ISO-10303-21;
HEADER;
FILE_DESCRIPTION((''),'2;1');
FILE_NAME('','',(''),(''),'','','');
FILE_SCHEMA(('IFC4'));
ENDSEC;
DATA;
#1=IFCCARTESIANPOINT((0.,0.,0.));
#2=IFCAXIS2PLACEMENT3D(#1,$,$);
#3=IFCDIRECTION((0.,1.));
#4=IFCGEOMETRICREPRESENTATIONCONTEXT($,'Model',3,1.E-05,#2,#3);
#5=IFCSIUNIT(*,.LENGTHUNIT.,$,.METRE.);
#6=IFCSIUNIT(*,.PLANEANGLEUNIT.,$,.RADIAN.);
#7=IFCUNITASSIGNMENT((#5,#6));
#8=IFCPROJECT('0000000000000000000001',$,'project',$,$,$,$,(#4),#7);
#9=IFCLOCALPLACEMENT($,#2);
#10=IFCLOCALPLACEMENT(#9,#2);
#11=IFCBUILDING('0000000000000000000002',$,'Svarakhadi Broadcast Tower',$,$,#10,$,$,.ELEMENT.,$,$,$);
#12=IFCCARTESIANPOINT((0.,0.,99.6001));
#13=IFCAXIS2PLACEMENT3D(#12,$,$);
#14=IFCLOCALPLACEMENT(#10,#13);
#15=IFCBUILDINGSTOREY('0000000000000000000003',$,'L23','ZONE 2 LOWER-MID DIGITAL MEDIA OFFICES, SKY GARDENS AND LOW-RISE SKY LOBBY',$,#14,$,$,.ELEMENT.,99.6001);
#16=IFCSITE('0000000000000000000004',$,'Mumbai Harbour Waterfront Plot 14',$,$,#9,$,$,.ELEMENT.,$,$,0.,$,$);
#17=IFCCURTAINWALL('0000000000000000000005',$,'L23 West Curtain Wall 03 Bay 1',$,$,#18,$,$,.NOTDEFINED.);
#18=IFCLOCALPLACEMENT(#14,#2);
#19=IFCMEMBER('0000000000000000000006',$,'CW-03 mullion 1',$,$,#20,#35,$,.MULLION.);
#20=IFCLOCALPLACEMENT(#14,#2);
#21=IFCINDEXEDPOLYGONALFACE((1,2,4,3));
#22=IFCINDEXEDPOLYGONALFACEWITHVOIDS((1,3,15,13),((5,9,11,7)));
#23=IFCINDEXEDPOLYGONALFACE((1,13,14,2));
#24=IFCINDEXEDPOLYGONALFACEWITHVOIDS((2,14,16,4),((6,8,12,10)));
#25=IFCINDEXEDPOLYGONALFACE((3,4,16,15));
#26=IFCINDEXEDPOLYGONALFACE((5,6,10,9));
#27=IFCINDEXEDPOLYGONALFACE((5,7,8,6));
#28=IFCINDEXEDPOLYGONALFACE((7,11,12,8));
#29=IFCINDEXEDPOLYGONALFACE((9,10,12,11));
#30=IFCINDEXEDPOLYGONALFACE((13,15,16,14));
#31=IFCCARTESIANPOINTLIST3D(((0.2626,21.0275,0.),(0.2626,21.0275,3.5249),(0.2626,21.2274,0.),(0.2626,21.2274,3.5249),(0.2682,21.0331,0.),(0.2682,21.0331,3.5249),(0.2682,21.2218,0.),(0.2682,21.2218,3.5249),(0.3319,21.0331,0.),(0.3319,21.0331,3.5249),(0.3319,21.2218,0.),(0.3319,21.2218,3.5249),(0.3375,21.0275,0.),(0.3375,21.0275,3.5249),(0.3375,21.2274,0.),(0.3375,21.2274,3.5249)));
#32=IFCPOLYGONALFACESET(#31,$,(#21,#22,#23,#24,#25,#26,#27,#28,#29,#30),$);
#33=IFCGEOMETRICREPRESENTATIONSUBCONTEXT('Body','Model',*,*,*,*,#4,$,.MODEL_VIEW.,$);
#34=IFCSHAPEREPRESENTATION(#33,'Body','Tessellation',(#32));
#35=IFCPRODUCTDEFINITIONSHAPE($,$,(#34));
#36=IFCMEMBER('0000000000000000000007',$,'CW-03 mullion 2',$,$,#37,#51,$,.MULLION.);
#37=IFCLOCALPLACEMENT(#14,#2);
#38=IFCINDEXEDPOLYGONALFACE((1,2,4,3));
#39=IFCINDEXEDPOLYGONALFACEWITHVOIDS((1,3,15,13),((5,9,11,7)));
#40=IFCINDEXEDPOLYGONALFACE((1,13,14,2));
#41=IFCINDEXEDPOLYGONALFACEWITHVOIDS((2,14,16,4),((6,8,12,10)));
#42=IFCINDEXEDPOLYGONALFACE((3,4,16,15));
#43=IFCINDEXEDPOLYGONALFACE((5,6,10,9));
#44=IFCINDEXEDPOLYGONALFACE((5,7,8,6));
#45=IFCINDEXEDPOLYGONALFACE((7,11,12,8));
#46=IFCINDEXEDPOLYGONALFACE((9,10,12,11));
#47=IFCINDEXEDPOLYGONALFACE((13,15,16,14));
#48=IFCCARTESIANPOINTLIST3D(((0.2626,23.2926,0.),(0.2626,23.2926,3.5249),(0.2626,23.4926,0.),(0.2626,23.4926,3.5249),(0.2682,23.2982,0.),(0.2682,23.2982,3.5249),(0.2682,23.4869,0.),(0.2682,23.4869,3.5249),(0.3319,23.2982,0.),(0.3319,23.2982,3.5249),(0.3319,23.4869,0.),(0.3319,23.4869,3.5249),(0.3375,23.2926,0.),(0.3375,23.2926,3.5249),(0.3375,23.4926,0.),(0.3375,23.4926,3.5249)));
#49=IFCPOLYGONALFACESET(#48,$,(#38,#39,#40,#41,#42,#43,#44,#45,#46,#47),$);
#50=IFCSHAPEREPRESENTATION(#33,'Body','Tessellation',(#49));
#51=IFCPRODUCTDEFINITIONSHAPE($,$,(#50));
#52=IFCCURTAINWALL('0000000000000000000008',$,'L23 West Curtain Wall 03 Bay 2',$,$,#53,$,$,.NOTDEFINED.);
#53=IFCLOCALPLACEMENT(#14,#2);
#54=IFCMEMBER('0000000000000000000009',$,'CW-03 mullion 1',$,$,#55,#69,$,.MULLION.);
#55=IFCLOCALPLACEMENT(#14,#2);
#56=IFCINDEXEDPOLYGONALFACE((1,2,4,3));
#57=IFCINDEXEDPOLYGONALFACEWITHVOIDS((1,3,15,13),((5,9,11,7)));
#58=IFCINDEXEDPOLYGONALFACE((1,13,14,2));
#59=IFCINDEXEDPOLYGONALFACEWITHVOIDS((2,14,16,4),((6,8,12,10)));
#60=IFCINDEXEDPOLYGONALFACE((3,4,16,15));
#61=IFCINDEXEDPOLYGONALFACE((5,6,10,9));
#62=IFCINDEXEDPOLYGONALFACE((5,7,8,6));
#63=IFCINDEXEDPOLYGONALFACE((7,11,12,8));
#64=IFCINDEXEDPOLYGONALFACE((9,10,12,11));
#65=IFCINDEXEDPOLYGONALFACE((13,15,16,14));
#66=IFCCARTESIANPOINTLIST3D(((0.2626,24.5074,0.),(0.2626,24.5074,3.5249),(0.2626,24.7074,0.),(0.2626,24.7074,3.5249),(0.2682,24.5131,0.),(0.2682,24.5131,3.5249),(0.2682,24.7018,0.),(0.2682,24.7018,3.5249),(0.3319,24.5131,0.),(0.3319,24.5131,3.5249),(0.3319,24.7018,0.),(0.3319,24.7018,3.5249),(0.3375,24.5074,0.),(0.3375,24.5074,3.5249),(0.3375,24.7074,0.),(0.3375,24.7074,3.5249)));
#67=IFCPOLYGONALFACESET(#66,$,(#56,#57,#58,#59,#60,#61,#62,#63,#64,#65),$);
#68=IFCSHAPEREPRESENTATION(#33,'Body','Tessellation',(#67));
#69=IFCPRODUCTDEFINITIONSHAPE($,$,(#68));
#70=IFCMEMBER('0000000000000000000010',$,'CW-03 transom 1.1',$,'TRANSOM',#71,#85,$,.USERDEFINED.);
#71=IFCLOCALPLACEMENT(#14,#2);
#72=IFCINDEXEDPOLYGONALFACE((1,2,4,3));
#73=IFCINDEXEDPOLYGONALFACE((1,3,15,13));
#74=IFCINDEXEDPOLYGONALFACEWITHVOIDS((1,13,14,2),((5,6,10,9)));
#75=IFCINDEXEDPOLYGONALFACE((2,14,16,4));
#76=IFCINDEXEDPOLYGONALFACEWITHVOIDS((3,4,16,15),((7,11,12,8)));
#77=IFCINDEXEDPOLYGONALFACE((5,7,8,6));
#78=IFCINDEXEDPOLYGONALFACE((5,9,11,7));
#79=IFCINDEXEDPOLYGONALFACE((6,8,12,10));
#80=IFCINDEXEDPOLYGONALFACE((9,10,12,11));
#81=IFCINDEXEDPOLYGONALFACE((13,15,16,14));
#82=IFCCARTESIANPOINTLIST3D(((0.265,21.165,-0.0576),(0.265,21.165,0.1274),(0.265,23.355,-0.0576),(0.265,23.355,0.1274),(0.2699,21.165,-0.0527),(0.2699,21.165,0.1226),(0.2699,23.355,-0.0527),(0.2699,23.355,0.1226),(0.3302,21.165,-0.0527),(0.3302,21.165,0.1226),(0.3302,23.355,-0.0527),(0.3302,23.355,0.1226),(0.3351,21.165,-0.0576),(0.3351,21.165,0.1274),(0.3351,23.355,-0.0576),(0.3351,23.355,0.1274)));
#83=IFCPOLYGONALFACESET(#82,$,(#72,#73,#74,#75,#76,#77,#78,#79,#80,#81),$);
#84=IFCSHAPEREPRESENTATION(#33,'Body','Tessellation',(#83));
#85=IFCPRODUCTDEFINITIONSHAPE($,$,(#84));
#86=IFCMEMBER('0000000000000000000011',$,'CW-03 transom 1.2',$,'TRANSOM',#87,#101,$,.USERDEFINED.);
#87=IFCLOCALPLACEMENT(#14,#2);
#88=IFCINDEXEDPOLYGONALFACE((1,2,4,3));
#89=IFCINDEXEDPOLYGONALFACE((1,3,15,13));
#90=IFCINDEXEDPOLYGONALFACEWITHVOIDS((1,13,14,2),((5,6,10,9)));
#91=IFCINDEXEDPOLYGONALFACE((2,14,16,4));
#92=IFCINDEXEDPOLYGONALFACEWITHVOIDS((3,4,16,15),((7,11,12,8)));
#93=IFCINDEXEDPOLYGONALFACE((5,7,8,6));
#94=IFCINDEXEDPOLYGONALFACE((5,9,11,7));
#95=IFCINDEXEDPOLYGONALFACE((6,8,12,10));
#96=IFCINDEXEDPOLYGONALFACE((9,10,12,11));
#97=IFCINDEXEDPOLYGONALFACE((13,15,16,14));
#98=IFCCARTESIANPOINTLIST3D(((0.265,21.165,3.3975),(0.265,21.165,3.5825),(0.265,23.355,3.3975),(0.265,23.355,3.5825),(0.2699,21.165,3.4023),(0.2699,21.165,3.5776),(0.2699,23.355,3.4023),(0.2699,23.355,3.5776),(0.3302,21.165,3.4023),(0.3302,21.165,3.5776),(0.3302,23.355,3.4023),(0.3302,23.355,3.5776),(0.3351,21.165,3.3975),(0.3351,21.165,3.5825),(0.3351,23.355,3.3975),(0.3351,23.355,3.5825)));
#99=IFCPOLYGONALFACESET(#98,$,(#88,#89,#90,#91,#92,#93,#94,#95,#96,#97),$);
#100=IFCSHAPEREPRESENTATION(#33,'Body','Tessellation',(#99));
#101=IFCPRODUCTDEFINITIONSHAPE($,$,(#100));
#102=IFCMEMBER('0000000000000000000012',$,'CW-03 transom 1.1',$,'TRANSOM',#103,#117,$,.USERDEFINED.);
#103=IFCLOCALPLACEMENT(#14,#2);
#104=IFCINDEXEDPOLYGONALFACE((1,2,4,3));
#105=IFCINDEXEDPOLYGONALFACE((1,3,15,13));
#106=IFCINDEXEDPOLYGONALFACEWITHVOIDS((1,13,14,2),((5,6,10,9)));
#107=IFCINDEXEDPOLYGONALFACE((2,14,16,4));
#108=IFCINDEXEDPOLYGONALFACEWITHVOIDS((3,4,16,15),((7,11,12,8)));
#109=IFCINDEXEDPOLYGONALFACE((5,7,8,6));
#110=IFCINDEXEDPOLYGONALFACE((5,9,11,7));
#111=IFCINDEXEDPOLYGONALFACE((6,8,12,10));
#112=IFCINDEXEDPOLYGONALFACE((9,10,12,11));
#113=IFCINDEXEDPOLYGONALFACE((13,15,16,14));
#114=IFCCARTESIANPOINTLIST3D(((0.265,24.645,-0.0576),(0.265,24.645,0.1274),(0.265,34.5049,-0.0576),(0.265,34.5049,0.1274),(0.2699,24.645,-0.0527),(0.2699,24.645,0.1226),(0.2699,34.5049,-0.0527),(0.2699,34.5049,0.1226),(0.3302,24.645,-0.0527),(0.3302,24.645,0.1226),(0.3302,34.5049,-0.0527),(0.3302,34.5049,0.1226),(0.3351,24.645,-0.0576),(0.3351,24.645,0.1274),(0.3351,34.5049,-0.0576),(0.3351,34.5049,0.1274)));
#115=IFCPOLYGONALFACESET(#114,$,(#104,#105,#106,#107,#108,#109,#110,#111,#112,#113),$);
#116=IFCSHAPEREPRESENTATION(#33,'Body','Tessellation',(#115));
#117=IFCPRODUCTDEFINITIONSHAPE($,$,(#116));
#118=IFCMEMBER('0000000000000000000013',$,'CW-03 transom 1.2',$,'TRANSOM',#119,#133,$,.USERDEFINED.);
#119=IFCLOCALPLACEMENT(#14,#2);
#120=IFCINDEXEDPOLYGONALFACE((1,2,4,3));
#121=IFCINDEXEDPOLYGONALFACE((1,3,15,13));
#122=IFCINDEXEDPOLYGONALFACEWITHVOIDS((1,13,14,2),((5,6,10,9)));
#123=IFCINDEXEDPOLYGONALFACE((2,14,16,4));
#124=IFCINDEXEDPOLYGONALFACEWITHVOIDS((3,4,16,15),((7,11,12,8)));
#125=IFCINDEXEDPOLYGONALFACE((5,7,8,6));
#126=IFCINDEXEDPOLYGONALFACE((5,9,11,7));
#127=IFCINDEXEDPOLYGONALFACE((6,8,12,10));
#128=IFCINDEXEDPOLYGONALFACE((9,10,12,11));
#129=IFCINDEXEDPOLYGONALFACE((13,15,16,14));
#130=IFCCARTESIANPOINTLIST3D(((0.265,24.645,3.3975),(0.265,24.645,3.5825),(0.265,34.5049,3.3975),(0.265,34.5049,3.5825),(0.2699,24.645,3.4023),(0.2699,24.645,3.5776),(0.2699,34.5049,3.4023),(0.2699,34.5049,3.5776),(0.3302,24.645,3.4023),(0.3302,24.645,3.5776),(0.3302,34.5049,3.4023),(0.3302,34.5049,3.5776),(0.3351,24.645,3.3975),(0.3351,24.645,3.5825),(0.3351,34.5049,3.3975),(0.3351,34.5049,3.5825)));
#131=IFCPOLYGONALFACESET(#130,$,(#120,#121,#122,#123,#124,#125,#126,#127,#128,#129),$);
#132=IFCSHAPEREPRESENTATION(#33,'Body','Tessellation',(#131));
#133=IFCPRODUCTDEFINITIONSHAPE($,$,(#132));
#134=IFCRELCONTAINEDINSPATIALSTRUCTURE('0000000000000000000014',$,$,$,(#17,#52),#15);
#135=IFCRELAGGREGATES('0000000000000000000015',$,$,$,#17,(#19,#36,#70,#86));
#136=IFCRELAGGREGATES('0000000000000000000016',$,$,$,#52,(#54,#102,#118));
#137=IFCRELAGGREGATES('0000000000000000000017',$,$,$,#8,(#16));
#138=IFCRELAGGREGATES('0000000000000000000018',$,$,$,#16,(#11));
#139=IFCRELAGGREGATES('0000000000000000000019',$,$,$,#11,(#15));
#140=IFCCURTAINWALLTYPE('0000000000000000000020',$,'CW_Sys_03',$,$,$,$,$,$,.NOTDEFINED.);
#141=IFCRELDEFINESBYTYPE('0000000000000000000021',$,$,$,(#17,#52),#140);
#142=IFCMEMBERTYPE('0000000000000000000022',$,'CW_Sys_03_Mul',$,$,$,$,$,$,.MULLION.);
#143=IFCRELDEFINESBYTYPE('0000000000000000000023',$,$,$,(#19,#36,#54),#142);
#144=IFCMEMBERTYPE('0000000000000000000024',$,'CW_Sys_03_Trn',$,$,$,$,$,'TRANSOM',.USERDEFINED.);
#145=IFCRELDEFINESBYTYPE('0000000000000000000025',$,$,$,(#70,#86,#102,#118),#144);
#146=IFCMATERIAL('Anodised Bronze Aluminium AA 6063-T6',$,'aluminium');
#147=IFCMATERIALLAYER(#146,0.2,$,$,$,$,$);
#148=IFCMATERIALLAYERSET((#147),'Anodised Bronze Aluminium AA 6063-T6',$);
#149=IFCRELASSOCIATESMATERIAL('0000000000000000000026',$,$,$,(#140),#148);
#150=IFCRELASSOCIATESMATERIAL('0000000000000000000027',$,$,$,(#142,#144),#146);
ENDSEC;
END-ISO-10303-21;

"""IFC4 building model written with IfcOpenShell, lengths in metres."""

from ifc_helpers import new_model, si_unit, direction, frame, origin, origin_2d, place, context, subcontext, project, spatial, hollow_rectangle, extrude, material, layer, layer_set, material_profile, profile_set, type_object, element, aggregate, save


model = new_model("IFC4")

# Units and contexts
model_context = context("Model", 3, precision=1e-05, world=origin(), true_north=direction((0.0, 1.0)))
body_context = subcontext(model_context, "Body", "Model", "MODEL_VIEW")
ifc_project = project(units=[si_unit("LENGTHUNIT", "METRE"), si_unit("PLANEANGLEUNIT", "RADIAN")], contexts=[model_context])

# Site, building, storey
site_placement = place(None, origin())
site = spatial("IfcSite", under=ifc_project, at=site_placement, Name="Mumbai Harbour Waterfront Plot 14", CompositionType="ELEMENT", RefElevation=0.0)
building_placement = place(site_placement, origin())
building = spatial("IfcBuilding", under=site, at=building_placement, Name="Svarakhadi Broadcast Tower", CompositionType="ELEMENT")
storey_placement = place(building_placement, frame((0.0, 0.0, 99.6001)))
storey = spatial("IfcBuildingStorey", under=building, at=storey_placement, Name="L23", Description="ZONE 2 LOWER-MID DIGITAL MEDIA OFFICES, SKY GARDENS AND LOW-RISE SKY LOBBY", CompositionType="ELEMENT", Elevation=99.6001)

# Curtain wall, members
ifc_material_1 = material(Name="Anodised Bronze Aluminium AA 6063-T6", Category="aluminium")
ifc_layer_1 = layer(ifc_material_1, 0.2)
ifc_layer_set_1 = layer_set([ifc_layer_1], Name="Anodised Bronze Aluminium AA 6063-T6")
curtain_wall_type = type_object("IfcCurtainWallType", Name="CW_Sys_03", PredefinedType="NOTDEFINED", material=ifc_layer_set_1)
curtain_wall_1_placement = place(storey_placement, origin())
curtain_wall_1 = element("IfcCurtainWall", 1, at=curtain_wall_1_placement, inside=storey, type_object=curtain_wall_type, Name="L23 West Curtain Wall 03 Bay 1", PredefinedType="NOTDEFINED")
ifc_material_profile_1 = material_profile(ifc_material_1, hollow_rectangle(XDim=0.075, YDim=0.2, WallThickness=0.0056, at=origin_2d()), Name="ALU MULLION 200x75x6")
ifc_profile_set_1 = profile_set([ifc_material_profile_1], Name="Anodised Bronze Aluminium AA 6063-T6")
member_type_1 = type_object("IfcMemberType", Name="CW_Sys_03_Mul", PredefinedType="MULLION", material=ifc_profile_set_1)
member_1_placement = place(storey_placement, frame((0.3, 21.1274, 0.0), z_axis=(0.0, 0.0, 1.0), x_axis=(-1.0, 0.0, 0.0)))
member_1 = element("IfcMember", 2, at=member_1_placement, type_object=member_type_1, Name="CW-03 mullion 1", PredefinedType="MULLION", context=body_context, shape_type="SweptSolid", body=[
    extrude(hollow_rectangle(XDim=0.075, YDim=0.2, WallThickness=0.0056, at=origin_2d()), origin(), (0.0, 0.0, 1.0), 3.5249),
])
member_2_placement = place(storey_placement, frame((0.3, 23.3926, 0.0), z_axis=(0.0, 0.0, 1.0), x_axis=(-1.0, 0.0, 0.0)))
member_2 = element("IfcMember", 3, at=member_2_placement, type_object=member_type_1, Name="CW-03 mullion 2", PredefinedType="MULLION", context=body_context, shape_type="SweptSolid", body=[
    extrude(hollow_rectangle(XDim=0.075, YDim=0.2, WallThickness=0.0056, at=origin_2d()), origin(), (0.0, 0.0, 1.0), 3.5249),
])

# Curtain wall, member
curtain_wall_2_placement = place(storey_placement, origin())
curtain_wall_2 = element("IfcCurtainWall", 4, at=curtain_wall_2_placement, inside=storey, type_object=curtain_wall_type, Name="L23 West Curtain Wall 03 Bay 2", PredefinedType="NOTDEFINED")
member_3_placement = place(storey_placement, frame((0.3, 24.6074, 0.0), z_axis=(0.0, 0.0, 1.0), x_axis=(-1.0, 0.0, 0.0)))
member_3 = element("IfcMember", 5, at=member_3_placement, type_object=member_type_1, Name="CW-03 mullion 1", PredefinedType="MULLION", context=body_context, shape_type="SweptSolid", body=[
    extrude(hollow_rectangle(XDim=0.075, YDim=0.2, WallThickness=0.0056, at=origin_2d()), origin(), (0.0, 0.0, 1.0), 3.5249),
])

# Members
ifc_material_profile_2 = material_profile(ifc_material_1, hollow_rectangle(XDim=0.0701, YDim=0.1851, WallThickness=0.0049, at=origin_2d()), Name="ALU TRANSOM 185x70x5")
ifc_profile_set_2 = profile_set([ifc_material_profile_2], Name="Anodised Bronze Aluminium AA 6063-T6")
member_type_2 = type_object("IfcMemberType", Name="CW_Sys_03_Trn", ElementType="TRANSOM", PredefinedType="USERDEFINED", material=ifc_profile_set_2)
member_4_placement = place(storey_placement, frame((0.3, 21.165, 0.0349), z_axis=(0.0, 1.0, 0.0), x_axis=(-1.0, 0.0, 0.0)))
member_4 = element("IfcMember", 6, at=member_4_placement, type_object=member_type_2, Name="CW-03 transom 1.1", ObjectType="TRANSOM", PredefinedType="USERDEFINED", context=body_context, shape_type="SweptSolid", body=[
    extrude(hollow_rectangle(XDim=0.0701, YDim=0.1851, WallThickness=0.0049, at=origin_2d()), origin(), (0.0, 0.0, 1.0), 2.1899),
])
member_5_placement = place(storey_placement, frame((0.3, 21.165, 3.49), z_axis=(0.0, 1.0, 0.0), x_axis=(-1.0, 0.0, 0.0)))
member_5 = element("IfcMember", 7, at=member_5_placement, type_object=member_type_2, Name="CW-03 transom 1.2", ObjectType="TRANSOM", PredefinedType="USERDEFINED", context=body_context, shape_type="SweptSolid", body=[
    extrude(hollow_rectangle(XDim=0.0701, YDim=0.1851, WallThickness=0.0049, at=origin_2d()), origin(), (0.0, 0.0, 1.0), 2.1899),
])
member_6_placement = place(storey_placement, frame((0.3, 24.645, 0.0349), z_axis=(0.0, 1.0, 0.0), x_axis=(-1.0, 0.0, 0.0)))
member_6 = element("IfcMember", 8, at=member_6_placement, type_object=member_type_2, Name="CW-03 transom 1.1", ObjectType="TRANSOM", PredefinedType="USERDEFINED", context=body_context, shape_type="SweptSolid", body=[
    extrude(hollow_rectangle(XDim=0.0701, YDim=0.1851, WallThickness=0.0049, at=origin_2d()), origin(), (0.0, 0.0, 1.0), 9.8599),
])
member_7_placement = place(storey_placement, frame((0.3, 24.645, 3.49), z_axis=(0.0, 1.0, 0.0), x_axis=(-1.0, 0.0, 0.0)))
member_7 = element("IfcMember", 9, at=member_7_placement, type_object=member_type_2, Name="CW-03 transom 1.2", ObjectType="TRANSOM", PredefinedType="USERDEFINED", context=body_context, shape_type="SweptSolid", body=[
    extrude(hollow_rectangle(XDim=0.0701, YDim=0.1851, WallThickness=0.0049, at=origin_2d()), origin(), (0.0, 0.0, 1.0), 9.8599),
])

aggregate(curtain_wall_1, [member_1, member_2, member_4, member_5])
aggregate(curtain_wall_2, [member_3, member_6, member_7])

save(model, "model.ifc")
